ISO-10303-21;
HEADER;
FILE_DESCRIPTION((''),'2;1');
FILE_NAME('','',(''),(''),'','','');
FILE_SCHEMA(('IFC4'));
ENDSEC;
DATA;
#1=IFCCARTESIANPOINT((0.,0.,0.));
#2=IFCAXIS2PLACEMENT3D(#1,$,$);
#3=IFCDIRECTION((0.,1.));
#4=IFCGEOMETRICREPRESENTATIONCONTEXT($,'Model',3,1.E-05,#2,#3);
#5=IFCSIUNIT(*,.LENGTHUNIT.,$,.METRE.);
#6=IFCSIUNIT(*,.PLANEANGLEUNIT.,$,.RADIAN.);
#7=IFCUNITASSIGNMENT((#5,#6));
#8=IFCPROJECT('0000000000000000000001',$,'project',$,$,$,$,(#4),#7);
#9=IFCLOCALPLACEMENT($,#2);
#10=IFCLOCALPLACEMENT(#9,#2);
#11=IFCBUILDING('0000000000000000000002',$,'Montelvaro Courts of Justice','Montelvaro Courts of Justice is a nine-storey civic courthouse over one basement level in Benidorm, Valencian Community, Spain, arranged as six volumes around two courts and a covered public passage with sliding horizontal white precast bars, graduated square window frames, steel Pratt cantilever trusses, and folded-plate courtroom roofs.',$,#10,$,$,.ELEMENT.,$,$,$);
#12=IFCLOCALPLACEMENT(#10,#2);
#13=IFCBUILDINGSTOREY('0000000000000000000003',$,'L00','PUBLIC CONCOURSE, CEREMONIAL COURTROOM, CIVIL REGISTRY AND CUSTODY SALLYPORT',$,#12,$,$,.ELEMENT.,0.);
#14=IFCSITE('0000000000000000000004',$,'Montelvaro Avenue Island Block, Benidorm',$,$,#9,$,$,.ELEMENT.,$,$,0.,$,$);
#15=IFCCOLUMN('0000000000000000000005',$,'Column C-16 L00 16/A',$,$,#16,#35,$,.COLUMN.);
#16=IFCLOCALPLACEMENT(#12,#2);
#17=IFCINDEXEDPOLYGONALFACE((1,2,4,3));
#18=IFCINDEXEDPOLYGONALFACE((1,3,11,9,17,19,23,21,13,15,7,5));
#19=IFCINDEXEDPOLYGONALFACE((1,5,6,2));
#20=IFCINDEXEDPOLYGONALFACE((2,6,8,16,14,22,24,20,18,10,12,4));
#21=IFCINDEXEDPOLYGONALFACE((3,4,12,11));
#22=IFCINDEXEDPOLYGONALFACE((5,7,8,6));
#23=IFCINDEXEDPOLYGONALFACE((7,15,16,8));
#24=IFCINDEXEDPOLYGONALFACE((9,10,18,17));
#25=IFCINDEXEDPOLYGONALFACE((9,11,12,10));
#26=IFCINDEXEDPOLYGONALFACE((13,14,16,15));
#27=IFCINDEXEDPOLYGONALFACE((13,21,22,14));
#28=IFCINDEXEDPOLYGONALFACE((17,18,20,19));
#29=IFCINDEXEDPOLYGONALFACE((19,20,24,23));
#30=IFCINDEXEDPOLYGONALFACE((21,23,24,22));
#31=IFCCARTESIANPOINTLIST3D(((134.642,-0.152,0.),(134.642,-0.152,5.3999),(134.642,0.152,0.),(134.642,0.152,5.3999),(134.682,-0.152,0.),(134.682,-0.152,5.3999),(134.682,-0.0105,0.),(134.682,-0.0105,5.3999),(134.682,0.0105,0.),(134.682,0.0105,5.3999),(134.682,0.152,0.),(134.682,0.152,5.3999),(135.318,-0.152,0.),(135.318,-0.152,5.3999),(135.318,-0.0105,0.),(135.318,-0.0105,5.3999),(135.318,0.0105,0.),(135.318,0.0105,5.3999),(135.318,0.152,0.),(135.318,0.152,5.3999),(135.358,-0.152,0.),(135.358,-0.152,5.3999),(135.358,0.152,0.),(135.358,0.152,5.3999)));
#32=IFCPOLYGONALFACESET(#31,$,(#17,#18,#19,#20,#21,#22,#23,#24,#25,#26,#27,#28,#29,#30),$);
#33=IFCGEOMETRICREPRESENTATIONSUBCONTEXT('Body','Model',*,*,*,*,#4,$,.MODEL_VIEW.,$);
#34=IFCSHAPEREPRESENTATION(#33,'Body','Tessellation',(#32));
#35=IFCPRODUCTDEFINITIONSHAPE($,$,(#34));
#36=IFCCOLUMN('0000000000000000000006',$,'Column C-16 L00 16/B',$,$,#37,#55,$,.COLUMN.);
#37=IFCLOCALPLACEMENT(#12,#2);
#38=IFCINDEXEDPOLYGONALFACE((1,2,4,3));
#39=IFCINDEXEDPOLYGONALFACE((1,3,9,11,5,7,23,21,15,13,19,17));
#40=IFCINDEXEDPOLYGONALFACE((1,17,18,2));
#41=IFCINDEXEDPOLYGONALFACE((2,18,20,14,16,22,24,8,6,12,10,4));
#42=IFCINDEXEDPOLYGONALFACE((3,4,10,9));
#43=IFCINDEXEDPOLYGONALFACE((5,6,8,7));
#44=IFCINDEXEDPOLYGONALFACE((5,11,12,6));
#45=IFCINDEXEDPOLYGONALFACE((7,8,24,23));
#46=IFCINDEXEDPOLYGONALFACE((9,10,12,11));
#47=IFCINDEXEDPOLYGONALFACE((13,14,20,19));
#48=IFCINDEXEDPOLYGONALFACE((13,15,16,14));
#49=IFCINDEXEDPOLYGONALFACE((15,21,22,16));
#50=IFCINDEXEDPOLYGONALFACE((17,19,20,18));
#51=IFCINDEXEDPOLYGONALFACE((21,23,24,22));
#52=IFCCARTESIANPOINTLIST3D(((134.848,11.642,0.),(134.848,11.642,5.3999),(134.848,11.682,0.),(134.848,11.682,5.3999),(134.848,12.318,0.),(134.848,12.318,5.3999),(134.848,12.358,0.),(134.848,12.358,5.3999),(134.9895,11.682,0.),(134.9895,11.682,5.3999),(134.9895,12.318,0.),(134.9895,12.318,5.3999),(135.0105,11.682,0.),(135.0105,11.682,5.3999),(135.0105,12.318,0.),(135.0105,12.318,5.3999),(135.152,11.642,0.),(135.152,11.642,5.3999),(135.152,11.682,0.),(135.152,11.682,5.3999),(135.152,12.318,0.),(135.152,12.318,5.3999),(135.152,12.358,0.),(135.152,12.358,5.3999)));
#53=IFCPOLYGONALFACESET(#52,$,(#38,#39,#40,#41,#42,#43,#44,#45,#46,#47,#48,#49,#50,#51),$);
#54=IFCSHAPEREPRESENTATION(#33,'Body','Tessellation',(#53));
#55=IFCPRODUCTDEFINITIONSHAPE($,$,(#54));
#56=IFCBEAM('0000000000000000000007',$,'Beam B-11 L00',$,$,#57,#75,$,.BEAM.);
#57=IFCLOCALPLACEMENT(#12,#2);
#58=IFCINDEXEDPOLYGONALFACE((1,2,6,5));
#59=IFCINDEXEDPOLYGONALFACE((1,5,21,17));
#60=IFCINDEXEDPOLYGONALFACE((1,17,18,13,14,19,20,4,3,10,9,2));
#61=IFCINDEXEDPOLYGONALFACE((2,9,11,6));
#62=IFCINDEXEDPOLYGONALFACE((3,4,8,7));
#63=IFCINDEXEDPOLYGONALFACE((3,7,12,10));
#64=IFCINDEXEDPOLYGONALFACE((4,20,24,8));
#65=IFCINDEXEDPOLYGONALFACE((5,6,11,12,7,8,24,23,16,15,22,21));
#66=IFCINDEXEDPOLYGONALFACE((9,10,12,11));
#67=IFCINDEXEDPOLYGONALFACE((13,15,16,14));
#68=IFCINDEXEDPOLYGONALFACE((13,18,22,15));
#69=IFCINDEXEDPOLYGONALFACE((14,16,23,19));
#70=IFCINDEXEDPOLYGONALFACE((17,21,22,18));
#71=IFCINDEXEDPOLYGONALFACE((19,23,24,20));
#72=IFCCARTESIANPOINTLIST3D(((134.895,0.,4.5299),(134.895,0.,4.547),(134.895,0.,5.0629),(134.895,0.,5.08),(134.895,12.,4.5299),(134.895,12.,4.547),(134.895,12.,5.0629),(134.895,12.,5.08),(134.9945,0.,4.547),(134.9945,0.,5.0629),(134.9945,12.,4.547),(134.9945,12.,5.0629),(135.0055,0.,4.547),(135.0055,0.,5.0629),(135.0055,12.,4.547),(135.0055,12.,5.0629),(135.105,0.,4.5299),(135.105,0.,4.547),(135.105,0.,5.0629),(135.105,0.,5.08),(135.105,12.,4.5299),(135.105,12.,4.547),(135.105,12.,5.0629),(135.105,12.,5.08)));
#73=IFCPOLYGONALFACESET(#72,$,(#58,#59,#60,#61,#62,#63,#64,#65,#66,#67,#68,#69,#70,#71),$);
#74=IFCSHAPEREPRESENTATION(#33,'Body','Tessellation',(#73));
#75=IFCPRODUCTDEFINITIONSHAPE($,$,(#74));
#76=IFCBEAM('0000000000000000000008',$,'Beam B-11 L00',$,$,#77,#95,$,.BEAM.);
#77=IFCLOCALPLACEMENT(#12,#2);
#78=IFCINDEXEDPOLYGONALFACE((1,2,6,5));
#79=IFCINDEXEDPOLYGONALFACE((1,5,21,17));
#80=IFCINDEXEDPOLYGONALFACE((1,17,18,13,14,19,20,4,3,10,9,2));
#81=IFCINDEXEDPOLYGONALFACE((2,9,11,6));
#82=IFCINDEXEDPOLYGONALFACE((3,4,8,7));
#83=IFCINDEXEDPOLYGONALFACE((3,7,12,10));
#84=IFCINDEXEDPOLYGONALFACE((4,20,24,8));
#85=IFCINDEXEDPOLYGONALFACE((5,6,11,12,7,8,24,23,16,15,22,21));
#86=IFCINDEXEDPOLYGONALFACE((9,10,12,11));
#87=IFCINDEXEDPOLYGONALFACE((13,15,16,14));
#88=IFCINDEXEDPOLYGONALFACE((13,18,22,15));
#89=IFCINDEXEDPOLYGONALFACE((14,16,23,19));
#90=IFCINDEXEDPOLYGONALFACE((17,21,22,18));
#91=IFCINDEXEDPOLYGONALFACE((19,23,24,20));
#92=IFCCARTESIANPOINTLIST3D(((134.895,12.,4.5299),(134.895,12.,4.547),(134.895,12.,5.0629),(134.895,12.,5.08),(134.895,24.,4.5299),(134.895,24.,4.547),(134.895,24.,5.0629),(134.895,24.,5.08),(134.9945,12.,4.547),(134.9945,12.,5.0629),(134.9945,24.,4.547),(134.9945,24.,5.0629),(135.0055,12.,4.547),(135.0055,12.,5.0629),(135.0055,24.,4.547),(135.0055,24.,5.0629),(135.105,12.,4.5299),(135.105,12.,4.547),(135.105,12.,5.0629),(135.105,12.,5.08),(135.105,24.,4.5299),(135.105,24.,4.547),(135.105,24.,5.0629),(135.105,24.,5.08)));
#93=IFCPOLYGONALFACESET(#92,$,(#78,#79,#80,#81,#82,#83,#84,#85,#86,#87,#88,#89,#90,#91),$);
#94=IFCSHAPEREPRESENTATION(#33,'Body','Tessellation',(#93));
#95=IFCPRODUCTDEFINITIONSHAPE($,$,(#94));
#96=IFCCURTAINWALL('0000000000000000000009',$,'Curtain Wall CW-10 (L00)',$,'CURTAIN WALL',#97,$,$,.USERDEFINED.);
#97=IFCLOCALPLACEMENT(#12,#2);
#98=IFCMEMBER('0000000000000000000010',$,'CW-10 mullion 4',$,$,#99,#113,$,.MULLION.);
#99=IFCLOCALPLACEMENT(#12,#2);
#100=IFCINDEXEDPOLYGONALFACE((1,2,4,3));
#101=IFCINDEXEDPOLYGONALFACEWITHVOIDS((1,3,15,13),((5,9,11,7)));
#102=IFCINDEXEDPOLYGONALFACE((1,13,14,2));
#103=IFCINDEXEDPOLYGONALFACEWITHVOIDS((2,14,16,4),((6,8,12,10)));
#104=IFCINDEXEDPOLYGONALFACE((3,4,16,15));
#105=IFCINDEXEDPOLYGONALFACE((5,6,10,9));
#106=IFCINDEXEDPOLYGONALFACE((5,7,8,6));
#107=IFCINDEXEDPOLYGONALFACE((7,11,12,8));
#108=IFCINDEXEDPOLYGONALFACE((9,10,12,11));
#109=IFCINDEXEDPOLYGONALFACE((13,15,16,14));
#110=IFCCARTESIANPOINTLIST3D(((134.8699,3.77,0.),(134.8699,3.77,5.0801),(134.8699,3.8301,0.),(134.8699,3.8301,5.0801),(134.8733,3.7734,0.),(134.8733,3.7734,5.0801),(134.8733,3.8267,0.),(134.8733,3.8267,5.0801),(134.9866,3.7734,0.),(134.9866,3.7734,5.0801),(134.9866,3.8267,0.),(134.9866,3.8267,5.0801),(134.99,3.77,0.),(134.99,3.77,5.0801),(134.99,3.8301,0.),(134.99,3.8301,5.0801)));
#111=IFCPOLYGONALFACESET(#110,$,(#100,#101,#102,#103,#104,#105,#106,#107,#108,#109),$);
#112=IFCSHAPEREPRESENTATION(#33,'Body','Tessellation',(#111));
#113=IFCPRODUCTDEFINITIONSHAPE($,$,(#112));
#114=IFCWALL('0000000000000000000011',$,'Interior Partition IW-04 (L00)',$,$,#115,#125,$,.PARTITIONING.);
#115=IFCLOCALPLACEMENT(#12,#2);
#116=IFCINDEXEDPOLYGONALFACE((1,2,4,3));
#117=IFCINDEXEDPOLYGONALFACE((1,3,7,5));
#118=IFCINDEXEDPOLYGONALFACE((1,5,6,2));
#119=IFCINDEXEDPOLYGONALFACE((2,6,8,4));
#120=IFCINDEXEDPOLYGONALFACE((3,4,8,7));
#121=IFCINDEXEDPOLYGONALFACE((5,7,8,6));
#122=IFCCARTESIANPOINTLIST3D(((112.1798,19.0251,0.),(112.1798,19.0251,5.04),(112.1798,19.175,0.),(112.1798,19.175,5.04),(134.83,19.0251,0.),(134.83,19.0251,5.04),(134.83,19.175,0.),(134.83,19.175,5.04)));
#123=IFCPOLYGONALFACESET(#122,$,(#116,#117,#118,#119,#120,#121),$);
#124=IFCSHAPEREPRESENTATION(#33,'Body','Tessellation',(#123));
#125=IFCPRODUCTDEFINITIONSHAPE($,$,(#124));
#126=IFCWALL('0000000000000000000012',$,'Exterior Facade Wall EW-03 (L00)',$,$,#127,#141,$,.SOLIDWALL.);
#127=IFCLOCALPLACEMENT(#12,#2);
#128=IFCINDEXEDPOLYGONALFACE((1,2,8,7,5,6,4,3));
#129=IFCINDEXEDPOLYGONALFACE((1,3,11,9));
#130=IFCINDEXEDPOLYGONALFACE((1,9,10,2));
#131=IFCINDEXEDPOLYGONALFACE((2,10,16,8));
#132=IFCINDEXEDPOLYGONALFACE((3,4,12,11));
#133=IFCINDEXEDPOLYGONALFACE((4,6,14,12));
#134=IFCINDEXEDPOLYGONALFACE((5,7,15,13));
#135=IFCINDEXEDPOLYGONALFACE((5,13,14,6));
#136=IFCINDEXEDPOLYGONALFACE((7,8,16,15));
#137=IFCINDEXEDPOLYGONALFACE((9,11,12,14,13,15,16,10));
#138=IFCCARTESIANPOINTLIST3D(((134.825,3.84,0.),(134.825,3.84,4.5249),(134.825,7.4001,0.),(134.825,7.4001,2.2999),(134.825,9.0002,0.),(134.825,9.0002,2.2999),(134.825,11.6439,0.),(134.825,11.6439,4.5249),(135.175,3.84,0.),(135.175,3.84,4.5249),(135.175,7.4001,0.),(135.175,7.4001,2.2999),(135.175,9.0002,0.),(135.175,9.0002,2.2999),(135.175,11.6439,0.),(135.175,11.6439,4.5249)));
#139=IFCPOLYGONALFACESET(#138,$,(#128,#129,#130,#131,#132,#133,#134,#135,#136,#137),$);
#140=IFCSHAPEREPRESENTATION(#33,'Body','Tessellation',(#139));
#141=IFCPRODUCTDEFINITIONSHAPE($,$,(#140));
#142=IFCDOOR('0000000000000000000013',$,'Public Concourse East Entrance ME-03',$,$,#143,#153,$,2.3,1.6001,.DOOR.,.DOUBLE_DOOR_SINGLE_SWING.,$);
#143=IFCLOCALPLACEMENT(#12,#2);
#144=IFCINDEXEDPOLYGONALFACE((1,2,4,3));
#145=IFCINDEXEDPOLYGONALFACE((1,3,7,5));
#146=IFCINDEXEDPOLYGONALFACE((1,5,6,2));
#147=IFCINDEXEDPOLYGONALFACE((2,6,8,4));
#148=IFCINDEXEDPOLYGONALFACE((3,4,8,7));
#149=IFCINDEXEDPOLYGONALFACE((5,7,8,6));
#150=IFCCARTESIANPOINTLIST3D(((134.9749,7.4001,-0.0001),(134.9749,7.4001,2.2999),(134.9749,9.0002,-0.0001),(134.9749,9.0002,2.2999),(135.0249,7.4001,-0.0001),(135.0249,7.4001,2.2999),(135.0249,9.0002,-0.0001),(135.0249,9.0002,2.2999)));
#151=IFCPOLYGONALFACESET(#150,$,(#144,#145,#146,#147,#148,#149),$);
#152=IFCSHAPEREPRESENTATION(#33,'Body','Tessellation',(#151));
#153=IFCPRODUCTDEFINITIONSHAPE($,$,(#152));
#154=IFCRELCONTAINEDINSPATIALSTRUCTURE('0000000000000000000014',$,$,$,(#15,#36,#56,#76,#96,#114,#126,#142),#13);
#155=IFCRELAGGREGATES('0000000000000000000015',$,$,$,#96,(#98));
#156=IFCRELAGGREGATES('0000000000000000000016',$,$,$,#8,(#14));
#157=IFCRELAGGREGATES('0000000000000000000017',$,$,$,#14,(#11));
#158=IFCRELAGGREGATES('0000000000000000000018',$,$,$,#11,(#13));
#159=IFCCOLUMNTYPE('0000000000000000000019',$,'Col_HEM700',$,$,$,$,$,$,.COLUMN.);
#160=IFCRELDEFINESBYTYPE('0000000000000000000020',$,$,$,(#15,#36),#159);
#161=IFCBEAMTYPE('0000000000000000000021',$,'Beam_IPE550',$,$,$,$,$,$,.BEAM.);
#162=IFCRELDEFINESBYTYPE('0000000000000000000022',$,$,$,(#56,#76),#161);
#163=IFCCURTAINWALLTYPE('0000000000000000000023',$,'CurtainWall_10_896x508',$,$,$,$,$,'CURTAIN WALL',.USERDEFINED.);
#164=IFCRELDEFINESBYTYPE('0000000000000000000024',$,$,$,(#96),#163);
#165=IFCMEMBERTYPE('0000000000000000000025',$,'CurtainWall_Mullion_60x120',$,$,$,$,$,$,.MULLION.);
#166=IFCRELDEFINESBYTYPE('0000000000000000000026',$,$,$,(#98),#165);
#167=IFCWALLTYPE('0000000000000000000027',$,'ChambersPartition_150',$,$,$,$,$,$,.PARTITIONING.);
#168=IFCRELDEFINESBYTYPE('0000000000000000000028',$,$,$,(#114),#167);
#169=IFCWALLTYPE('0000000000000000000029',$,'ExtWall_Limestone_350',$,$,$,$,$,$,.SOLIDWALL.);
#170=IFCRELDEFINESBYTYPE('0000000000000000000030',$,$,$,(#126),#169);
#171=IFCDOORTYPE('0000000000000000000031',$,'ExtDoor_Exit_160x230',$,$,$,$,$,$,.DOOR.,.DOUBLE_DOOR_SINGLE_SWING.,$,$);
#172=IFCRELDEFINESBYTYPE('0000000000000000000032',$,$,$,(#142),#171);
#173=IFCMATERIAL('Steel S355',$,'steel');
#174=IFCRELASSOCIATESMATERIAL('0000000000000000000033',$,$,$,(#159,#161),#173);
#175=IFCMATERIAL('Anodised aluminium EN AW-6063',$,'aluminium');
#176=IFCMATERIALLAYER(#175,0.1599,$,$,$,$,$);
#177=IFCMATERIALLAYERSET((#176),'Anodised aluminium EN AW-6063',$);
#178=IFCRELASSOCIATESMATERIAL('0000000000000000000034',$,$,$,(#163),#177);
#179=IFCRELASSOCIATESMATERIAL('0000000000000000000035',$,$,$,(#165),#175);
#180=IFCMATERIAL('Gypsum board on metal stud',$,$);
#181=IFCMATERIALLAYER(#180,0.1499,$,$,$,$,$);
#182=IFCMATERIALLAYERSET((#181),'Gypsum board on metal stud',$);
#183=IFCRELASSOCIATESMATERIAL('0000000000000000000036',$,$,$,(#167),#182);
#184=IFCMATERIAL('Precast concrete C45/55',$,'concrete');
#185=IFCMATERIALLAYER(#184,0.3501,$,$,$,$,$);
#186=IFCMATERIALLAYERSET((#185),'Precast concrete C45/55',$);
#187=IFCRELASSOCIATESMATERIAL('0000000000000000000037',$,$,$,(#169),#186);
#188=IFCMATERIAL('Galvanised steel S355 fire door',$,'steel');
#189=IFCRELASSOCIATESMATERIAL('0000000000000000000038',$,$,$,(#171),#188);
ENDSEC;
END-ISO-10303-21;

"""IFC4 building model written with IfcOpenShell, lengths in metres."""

from ifc_helpers import new_model, si_unit, direction, frame, frame_2d, origin, origin_2d, place, context, subcontext, project, spatial, rectangle, hollow_rectangle, i_section, extrude, material, layer, layer_set, material_profile, profile_set, type_object, element, fill, aggregate, save


model = new_model("IFC4")

# Units and contexts
model_context = context("Model", 3, precision=1e-05, world=origin(), true_north=direction((0.0, 1.0)))
body_context = subcontext(model_context, "Body", "Model", "MODEL_VIEW")
ifc_project = project(units=[si_unit("LENGTHUNIT", "METRE"), si_unit("PLANEANGLEUNIT", "RADIAN")], contexts=[model_context])

# Site, building, storey
site_placement = place(None, origin())
site = spatial("IfcSite", under=ifc_project, at=site_placement, Name="Montelvaro Avenue Island Block, Benidorm", CompositionType="ELEMENT", RefElevation=0.0)
building_placement = place(site_placement, origin())
building = spatial("IfcBuilding", under=site, at=building_placement, Name="Montelvaro Courts of Justice", Description="Montelvaro Courts of Justice is a nine-storey civic courthouse over one basement level in Benidorm, Valencian Community, Spain, arranged as six volumes around two courts and a covered public passage with sliding horizontal white precast bars, graduated square window frames, steel Pratt cantilever trusses, and folded-plate courtroom roofs.", CompositionType="ELEMENT")
storey_placement = place(building_placement, origin())
storey = spatial("IfcBuildingStorey", under=building, at=storey_placement, Name="L00", Description="PUBLIC CONCOURSE, CEREMONIAL COURTROOM, CIVIL REGISTRY AND CUSTODY SALLYPORT", CompositionType="ELEMENT", Elevation=0.0)

# Columns
ifc_material_1 = material(Name="Steel S355", Category="steel")
ifc_material_profile_1 = material_profile(ifc_material_1, i_section(OverallWidth=0.304, OverallDepth=0.7161, WebThickness=0.021, FlangeThickness=0.04, at=origin_2d()), Name="HEM 700")
ifc_profile_set_1 = profile_set([ifc_material_profile_1], Name="Steel S355")
column_type = type_object("IfcColumnType", Name="Col_HEM700", PredefinedType="COLUMN", material=ifc_profile_set_1)
for number, where, z_axis, x_axis, name in (
    (1, (135.0, 0.0, 0.0), (0.0, 0.0, 1.0), (0.0, 1.0, 0.0), "Column C-16 L00 16/A"),
    (2, (135.0, 12.0, 0.0), (0.0, 0.0, 1.0), (1.0, 0.0, 0.0), "Column C-16 L00 16/B"),
):
    element("IfcColumn", number, at=place(storey_placement, frame(where, z_axis=z_axis, x_axis=x_axis)), inside=storey, type_object=column_type, Name=name, PredefinedType="COLUMN", context=body_context, shape_type="SweptSolid", body=[
        extrude(i_section(OverallWidth=0.304, OverallDepth=0.7161, WebThickness=0.021, FlangeThickness=0.04, at=origin_2d()), origin(), (0.0, 0.0, 1.0), 5.3999),
    ])

# Beams
ifc_material_profile_2 = material_profile(ifc_material_1, i_section(OverallWidth=0.21, OverallDepth=0.55, WebThickness=0.011, FlangeThickness=0.0171, at=origin_2d()), Name="IPE 550")
ifc_profile_set_2 = profile_set([ifc_material_profile_2], Name="Steel S355")
beam_type = type_object("IfcBeamType", Name="Beam_IPE550", PredefinedType="BEAM", material=ifc_profile_set_2)
for number, where, z_axis, x_axis, name in (
    (3, (135.0, 0.0, 4.8049), (0.0, 1.0, 0.0), (-1.0, 0.0, 0.0), "Beam B-11 L00"),
    (4, (135.0, 12.0, 4.8049), (0.0, 1.0, 0.0), (-1.0, 0.0, 0.0), "Beam B-11 L00"),
):
    element("IfcBeam", number, at=place(storey_placement, frame(where, z_axis=z_axis, x_axis=x_axis)), inside=storey, type_object=beam_type, Name=name, PredefinedType="BEAM", context=body_context, shape_type="SweptSolid", body=[
        extrude(i_section(OverallWidth=0.21, OverallDepth=0.55, WebThickness=0.011, FlangeThickness=0.0171, at=origin_2d()), origin(), (0.0, 0.0, 1.0), 12.0),
    ])

# Curtain wall, member
ifc_material_2 = material(Name="Anodised aluminium EN AW-6063", Category="aluminium")
ifc_layer_1 = layer(ifc_material_2, 0.1599)
ifc_layer_set_1 = layer_set([ifc_layer_1], Name="Anodised aluminium EN AW-6063")
curtain_wall_type = type_object("IfcCurtainWallType", Name="CurtainWall_10_896x508", ElementType="CURTAIN WALL", PredefinedType="USERDEFINED", material=ifc_layer_set_1)
curtain_wall_placement = place(storey_placement, origin())
curtain_wall = element("IfcCurtainWall", 5, at=curtain_wall_placement, inside=storey, type_object=curtain_wall_type, Name="Curtain Wall CW-10 (L00)", ObjectType="CURTAIN WALL", PredefinedType="USERDEFINED")
ifc_material_profile_3 = material_profile(ifc_material_2, hollow_rectangle(XDim=0.0601, YDim=0.1201, WallThickness=0.0034, at=origin_2d()), Name="ALU-M 60x120")
ifc_profile_set_3 = profile_set([ifc_material_profile_3], Name="Anodised aluminium EN AW-6063")
member_type = type_object("IfcMemberType", Name="CurtainWall_Mullion_60x120", PredefinedType="MULLION", material=ifc_profile_set_3)
member_placement = place(storey_placement, frame((134.9299, 3.8, 0.0), z_axis=(0.0, 0.0, 1.0), x_axis=(0.0, 1.0, 0.0)))
member = element("IfcMember", 6, at=member_placement, type_object=member_type, Name="CW-10 mullion 4", PredefinedType="MULLION", context=body_context, shape_type="SweptSolid", body=[
    extrude(hollow_rectangle(XDim=0.0601, YDim=0.1201, WallThickness=0.0034, at=origin_2d()), origin(), (0.0, 0.0, 1.0), 5.0801),
])
aggregate(curtain_wall, [member])

# Wall
ifc_material_3 = material(Name="Gypsum board on metal stud")
ifc_layer_2 = layer(ifc_material_3, 0.1499)
ifc_layer_set_2 = layer_set([ifc_layer_2], Name="Gypsum board on metal stud")
wall_type_1 = type_object("IfcWallType", Name="ChambersPartition_150", PredefinedType="PARTITIONING", material=ifc_layer_set_2)
wall_1_placement = place(storey_placement, frame((134.8301, 19.1001, 0.0), z_axis=(0.0, 0.0, 1.0), x_axis=(-1.0, 0.0, 0.0)))
element("IfcWall", 7, at=wall_1_placement, inside=storey, type_object=wall_type_1, Name="Interior Partition IW-04 (L00)", PredefinedType="PARTITIONING", context=body_context, shape_type="SweptSolid", body=[
    extrude(rectangle(XDim=22.6501, YDim=0.1499, at=frame_2d((11.3252, 0.0))), origin(), (0.0, 0.0, 1.0), 5.04),
])

# Wall, opening, door
ifc_material_4 = material(Name="Precast concrete C45/55", Category="concrete")
ifc_layer_3 = layer(ifc_material_4, 0.3501)
ifc_layer_set_3 = layer_set([ifc_layer_3], Name="Precast concrete C45/55")
wall_type_2 = type_object("IfcWallType", Name="ExtWall_Limestone_350", PredefinedType="SOLIDWALL", material=ifc_layer_set_3)
wall_2_placement = place(storey_placement, frame((135.0, 3.8401, 0.0), z_axis=(0.0, 0.0, 1.0), x_axis=(0.0, 1.0, 0.0)))
wall_2 = element("IfcWall", 8, at=wall_2_placement, inside=storey, type_object=wall_type_2, Name="Exterior Facade Wall EW-03 (L00)", PredefinedType="SOLIDWALL", context=body_context, shape_type="SweptSolid", body=[
    extrude(rectangle(XDim=7.804, YDim=0.3501, at=frame_2d((3.9019, 0.0))), origin(), (0.0, 0.0, 1.0), 4.5249),
])
opening_1_placement = place(wall_2_placement, frame((3.5601, 0.0, 0.0)))
opening_1 = element("IfcOpeningElement", 9, at=opening_1_placement, cuts=wall_2, PredefinedType="OPENING", context=body_context, shape_type="SweptSolid", body=[
    extrude(rectangle(XDim=1.6001, YDim=2.3, at=frame_2d((0.8, 1.1499))), frame((0.0, 0.1899, 0.0), z_axis=(0.0, -1.0, 0.0), x_axis=(1.0, 0.0, 0.0)), (0.0, 0.0, 1.0), 0.3799),
])
ifc_material_5 = material(Name="Galvanised steel S355 fire door", Category="steel")
door_type_1 = type_object("IfcDoorType", Name="ExtDoor_Exit_160x230", OperationType="DOUBLE_DOOR_SINGLE_SWING", PredefinedType="DOOR", material=ifc_material_5)
door_1_placement = place(opening_1_placement, frame((1.6001, 0.0, 0.0), z_axis=(0.0, 0.0, 1.0), x_axis=(-1.0, 0.0, 0.0)))
door_1 = element("IfcDoor", 10, at=door_1_placement, inside=storey, type_object=door_type_1, Name="Public Concourse East Entrance ME-03", OperationType="DOUBLE_DOOR_SINGLE_SWING", OverallHeight=2.3, OverallWidth=1.6001, PredefinedType="DOOR", context=body_context, shape_type="SweptSolid", body=[
    extrude(rectangle(XDim=1.6001, YDim=2.3, at=frame_2d((0.8, 1.1499))), frame((0.0, 0.0249, 0.0), z_axis=(0.0, -1.0, 0.0), x_axis=(1.0, 0.0, 0.0)), (0.0, 0.0, 1.0), 0.05),
])
fill(opening_1, door_1)

save(model, "model.ifc")
